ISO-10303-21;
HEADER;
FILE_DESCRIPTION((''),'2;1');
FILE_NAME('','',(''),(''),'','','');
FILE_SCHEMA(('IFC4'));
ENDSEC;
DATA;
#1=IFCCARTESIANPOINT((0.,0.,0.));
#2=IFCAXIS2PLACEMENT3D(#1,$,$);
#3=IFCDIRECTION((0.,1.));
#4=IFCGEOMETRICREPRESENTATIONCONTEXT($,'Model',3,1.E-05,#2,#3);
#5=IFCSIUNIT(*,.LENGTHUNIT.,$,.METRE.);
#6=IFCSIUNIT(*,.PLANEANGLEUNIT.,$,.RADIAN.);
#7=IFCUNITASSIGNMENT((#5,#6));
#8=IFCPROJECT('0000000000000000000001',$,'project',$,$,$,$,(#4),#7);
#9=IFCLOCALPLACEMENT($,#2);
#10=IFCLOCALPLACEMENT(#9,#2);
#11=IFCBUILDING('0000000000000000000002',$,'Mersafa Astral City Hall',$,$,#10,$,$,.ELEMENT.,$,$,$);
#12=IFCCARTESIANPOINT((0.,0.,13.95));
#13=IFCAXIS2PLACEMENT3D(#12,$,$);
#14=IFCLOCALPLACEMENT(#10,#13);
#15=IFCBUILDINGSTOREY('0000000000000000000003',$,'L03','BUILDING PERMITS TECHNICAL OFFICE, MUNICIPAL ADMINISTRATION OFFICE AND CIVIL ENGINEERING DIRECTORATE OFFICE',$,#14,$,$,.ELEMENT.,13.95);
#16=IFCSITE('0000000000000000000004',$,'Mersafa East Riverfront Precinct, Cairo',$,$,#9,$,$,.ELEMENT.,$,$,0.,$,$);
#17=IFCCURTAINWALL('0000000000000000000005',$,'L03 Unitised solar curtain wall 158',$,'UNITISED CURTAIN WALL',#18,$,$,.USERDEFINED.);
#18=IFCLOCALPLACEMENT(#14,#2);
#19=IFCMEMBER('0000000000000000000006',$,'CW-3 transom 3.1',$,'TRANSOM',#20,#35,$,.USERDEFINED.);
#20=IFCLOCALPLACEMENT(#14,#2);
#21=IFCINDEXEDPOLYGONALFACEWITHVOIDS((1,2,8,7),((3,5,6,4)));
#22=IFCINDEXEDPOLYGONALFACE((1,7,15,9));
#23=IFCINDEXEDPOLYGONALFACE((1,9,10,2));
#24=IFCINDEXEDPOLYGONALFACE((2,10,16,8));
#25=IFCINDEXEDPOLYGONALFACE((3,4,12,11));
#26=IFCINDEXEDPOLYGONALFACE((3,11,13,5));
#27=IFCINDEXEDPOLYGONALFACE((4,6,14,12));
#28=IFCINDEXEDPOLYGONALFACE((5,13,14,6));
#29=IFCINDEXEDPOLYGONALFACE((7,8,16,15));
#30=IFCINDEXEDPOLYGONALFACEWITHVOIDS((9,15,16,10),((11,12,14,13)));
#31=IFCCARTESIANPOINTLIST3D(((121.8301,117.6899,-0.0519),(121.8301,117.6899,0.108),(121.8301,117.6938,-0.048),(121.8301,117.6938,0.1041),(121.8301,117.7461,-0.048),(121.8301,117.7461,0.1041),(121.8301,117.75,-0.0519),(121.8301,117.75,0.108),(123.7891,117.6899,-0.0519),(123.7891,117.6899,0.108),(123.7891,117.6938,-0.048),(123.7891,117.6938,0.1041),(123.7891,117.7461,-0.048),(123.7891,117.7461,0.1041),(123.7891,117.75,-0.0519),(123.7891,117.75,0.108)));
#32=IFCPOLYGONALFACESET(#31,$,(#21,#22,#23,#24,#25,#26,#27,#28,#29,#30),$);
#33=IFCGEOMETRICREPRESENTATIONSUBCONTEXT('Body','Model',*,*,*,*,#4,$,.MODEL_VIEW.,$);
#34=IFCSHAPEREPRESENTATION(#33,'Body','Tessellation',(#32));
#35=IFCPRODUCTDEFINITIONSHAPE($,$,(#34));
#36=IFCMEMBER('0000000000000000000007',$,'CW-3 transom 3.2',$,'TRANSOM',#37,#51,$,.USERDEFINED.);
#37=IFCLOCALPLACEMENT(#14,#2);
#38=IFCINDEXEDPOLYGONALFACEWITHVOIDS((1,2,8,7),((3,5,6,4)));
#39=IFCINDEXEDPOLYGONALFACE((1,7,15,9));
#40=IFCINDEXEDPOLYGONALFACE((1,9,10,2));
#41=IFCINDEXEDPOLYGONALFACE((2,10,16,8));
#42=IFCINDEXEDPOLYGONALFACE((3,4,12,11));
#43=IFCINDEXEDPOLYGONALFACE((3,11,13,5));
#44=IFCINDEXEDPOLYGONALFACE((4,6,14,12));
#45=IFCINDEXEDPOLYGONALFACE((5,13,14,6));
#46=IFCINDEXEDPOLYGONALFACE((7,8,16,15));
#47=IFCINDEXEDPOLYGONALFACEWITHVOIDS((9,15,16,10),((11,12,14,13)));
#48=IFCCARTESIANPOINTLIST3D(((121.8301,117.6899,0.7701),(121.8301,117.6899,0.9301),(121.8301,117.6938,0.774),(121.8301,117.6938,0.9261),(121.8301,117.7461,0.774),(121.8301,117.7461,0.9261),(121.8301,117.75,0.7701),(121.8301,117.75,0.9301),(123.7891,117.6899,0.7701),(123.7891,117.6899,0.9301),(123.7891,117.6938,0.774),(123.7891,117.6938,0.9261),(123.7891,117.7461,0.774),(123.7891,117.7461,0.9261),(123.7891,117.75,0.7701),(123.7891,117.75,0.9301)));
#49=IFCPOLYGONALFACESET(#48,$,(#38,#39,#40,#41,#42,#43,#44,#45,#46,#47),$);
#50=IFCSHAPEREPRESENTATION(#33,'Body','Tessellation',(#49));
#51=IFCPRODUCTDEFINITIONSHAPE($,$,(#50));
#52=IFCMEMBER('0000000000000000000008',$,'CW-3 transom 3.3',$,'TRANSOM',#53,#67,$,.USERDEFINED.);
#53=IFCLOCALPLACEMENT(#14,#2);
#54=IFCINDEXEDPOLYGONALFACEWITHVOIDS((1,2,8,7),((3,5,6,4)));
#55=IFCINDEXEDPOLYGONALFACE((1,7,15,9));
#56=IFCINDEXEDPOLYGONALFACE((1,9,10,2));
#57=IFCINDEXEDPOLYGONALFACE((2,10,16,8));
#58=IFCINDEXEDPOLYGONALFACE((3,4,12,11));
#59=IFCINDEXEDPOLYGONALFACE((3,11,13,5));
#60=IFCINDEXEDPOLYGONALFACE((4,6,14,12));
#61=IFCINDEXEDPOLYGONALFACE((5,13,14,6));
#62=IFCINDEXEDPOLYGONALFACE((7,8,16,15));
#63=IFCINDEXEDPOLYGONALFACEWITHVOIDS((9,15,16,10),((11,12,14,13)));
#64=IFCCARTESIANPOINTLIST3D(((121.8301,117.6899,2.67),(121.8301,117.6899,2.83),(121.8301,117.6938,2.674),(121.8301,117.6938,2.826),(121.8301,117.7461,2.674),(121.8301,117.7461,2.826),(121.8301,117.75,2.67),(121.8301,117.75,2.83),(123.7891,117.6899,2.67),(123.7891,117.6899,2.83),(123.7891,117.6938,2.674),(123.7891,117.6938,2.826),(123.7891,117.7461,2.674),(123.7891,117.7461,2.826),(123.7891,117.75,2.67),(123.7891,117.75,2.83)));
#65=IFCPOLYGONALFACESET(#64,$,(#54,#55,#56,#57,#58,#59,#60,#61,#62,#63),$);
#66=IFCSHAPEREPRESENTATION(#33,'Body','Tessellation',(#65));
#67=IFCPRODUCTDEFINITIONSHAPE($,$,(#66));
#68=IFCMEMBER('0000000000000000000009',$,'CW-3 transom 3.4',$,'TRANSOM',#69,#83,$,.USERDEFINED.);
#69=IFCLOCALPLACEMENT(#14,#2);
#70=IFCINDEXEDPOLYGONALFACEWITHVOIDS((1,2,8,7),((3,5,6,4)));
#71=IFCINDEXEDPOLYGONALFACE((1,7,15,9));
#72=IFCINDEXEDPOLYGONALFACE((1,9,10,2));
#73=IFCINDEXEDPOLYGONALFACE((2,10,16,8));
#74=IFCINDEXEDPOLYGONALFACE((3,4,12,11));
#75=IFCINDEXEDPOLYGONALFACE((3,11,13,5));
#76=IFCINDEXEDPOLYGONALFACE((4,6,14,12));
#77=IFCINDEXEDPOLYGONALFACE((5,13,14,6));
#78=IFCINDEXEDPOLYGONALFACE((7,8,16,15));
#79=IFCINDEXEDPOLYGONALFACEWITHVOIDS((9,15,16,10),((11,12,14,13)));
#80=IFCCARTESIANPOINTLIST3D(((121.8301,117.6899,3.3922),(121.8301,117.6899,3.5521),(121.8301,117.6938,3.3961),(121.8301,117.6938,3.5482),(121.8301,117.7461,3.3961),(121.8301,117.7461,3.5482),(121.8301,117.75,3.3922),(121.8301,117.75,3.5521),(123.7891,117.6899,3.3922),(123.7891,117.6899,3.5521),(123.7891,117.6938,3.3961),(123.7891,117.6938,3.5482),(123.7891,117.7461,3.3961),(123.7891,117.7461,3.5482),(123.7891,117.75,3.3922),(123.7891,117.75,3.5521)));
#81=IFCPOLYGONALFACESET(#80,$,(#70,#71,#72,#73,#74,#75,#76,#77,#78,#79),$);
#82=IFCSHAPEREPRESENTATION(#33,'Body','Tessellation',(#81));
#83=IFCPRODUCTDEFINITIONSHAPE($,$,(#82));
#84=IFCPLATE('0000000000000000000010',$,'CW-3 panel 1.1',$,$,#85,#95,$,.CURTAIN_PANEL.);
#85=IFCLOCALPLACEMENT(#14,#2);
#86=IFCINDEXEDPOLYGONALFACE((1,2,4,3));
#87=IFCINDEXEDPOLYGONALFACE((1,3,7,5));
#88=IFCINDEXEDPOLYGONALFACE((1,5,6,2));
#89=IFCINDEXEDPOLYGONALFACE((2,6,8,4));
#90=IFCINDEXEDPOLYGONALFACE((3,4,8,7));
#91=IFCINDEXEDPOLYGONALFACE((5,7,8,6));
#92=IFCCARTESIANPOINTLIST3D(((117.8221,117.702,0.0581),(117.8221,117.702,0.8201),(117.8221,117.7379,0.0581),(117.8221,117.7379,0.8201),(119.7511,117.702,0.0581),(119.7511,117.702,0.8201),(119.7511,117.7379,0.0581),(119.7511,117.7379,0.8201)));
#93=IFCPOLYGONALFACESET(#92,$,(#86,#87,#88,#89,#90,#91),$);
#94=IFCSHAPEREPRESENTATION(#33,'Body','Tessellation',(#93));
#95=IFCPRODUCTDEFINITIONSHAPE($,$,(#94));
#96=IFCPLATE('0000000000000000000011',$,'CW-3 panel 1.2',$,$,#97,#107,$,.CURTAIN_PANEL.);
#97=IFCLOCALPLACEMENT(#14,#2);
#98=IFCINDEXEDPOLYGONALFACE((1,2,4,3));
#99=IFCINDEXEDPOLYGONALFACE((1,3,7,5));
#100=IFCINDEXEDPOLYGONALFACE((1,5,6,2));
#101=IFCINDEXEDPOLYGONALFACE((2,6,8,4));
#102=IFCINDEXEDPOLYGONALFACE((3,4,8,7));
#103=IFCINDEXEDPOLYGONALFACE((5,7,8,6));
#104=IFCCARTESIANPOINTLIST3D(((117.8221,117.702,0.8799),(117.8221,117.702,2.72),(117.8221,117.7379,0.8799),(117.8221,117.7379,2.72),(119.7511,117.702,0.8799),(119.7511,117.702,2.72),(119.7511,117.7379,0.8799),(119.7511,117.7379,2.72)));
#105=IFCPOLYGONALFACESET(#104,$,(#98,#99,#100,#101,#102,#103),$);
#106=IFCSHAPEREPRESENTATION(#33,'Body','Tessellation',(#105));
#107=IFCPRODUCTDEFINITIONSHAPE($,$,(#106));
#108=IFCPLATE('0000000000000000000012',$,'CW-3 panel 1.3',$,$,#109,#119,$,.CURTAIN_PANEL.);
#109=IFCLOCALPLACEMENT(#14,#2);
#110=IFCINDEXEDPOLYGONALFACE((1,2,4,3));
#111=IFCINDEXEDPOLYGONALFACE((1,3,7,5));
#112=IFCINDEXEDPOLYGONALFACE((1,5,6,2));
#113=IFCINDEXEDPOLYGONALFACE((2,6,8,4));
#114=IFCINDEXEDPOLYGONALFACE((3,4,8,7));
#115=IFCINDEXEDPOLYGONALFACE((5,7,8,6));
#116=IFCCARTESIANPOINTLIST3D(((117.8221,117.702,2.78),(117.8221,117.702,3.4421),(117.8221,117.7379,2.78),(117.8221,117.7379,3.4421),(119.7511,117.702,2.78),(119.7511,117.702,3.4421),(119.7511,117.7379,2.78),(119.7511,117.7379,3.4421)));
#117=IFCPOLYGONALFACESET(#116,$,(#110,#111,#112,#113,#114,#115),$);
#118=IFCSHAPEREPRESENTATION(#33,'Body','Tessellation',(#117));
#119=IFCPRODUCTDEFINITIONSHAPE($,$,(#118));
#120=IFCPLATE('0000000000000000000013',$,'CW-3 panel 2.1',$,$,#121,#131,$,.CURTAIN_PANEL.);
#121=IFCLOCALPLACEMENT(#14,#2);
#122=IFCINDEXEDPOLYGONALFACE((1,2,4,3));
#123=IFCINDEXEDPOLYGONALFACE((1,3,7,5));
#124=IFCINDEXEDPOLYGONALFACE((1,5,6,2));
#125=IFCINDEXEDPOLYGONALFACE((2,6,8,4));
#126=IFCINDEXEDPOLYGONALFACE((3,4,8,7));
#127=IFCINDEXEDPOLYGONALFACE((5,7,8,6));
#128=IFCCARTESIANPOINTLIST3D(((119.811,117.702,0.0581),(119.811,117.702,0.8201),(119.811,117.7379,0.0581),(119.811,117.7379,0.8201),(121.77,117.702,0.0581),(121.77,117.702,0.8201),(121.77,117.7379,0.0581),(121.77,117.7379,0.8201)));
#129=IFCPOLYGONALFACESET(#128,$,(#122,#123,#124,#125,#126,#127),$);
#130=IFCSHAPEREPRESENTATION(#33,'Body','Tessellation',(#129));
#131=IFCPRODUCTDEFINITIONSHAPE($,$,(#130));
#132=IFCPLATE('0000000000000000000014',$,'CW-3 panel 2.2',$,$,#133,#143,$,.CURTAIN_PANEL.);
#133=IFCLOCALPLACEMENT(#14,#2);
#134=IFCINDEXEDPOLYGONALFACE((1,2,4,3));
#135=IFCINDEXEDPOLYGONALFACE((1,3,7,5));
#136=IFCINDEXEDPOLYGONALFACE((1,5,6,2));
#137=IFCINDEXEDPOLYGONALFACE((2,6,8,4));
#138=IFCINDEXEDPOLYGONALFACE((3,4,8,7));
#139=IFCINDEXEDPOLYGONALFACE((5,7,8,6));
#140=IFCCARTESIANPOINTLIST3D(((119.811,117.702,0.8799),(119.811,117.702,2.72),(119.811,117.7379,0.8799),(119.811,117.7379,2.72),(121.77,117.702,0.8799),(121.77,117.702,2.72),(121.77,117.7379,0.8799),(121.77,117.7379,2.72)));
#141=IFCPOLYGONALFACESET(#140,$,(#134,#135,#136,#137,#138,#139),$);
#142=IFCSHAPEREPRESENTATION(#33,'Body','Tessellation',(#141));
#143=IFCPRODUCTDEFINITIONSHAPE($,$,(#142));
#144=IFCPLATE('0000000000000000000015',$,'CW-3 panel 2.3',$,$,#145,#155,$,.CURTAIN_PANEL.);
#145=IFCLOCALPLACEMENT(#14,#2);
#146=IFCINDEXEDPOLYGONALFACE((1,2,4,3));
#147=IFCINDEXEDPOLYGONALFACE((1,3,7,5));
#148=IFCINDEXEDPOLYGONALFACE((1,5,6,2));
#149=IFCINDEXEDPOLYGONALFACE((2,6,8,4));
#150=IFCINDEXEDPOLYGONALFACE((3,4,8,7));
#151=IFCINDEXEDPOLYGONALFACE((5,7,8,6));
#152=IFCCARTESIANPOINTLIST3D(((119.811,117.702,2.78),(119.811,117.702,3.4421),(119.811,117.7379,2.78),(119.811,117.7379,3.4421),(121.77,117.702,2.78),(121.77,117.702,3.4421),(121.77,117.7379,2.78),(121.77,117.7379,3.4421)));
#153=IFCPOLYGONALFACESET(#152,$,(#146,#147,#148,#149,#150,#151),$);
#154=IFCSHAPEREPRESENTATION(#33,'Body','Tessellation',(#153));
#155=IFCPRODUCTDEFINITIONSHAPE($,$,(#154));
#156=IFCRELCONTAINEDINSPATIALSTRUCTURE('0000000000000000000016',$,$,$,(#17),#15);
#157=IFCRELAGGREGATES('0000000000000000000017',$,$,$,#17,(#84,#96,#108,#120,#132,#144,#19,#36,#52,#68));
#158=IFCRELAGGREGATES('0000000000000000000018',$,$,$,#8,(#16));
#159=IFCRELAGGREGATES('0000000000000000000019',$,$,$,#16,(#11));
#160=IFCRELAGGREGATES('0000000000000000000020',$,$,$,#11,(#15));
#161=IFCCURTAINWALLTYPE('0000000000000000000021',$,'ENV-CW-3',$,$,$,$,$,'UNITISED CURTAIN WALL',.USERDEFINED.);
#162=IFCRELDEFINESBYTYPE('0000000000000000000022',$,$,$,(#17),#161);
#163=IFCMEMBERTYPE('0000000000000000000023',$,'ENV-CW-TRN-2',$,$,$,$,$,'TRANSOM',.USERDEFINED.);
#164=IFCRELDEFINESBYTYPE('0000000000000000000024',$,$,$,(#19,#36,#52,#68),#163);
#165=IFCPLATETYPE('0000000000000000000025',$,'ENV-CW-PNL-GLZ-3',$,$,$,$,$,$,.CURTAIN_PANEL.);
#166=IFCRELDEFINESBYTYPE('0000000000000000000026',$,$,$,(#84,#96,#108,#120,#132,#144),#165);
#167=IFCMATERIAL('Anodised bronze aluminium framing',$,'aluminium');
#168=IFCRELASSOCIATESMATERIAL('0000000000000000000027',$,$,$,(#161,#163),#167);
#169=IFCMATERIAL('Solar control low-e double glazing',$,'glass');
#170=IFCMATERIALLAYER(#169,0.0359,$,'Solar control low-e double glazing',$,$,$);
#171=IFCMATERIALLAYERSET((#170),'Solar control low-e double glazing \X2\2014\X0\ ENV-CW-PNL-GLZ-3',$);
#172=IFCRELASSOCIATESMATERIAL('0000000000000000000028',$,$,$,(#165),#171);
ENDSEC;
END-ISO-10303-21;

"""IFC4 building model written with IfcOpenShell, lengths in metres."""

from ifc_helpers import new_model, si_unit, direction, frame, origin, origin_2d, place, context, subcontext, project, spatial, rectangle, hollow_rectangle, extrude, material, layer, layer_set, material_profile, profile_set, type_object, element, aggregate, save


model = new_model("IFC4")

# Units and contexts
model_context = context("Model", 3, precision=1e-05, world=origin(), true_north=direction((0.0, 1.0)))
body_context = subcontext(model_context, "Body", "Model", "MODEL_VIEW")
ifc_project = project(units=[si_unit("LENGTHUNIT", "METRE"), si_unit("PLANEANGLEUNIT", "RADIAN")], contexts=[model_context])

# Site, building, storey
site_placement = place(None, origin())
site = spatial("IfcSite", under=ifc_project, at=site_placement, Name="Mersafa East Riverfront Precinct, Cairo", CompositionType="ELEMENT", RefElevation=0.0)
building_placement = place(site_placement, origin())
building = spatial("IfcBuilding", under=site, at=building_placement, Name="Mersafa Astral City Hall", CompositionType="ELEMENT")
storey_placement = place(building_placement, frame((0.0, 0.0, 13.95)))
storey = spatial("IfcBuildingStorey", under=building, at=storey_placement, Name="L03", Description="BUILDING PERMITS TECHNICAL OFFICE, MUNICIPAL ADMINISTRATION OFFICE AND CIVIL ENGINEERING DIRECTORATE OFFICE", CompositionType="ELEMENT", Elevation=13.95)

# Curtain wall, members, plates
ifc_material_1 = material(Name="Anodised bronze aluminium framing", Category="aluminium")
curtain_wall_type = type_object("IfcCurtainWallType", Name="ENV-CW-3", ElementType="UNITISED CURTAIN WALL", PredefinedType="USERDEFINED", material=ifc_material_1)
curtain_wall_placement = place(storey_placement, origin())
curtain_wall = element("IfcCurtainWall", 1, at=curtain_wall_placement, inside=storey, type_object=curtain_wall_type, Name="L03 Unitised solar curtain wall 158", ObjectType="UNITISED CURTAIN WALL", PredefinedType="USERDEFINED")
ifc_material_profile_1 = material_profile(ifc_material_1, hollow_rectangle(XDim=0.0601, YDim=0.1599, WallThickness=0.0039, at=origin_2d()), Name="RHS 60x160x4")
ifc_profile_set_1 = profile_set([ifc_material_profile_1], Name="Anodised bronze aluminium framing")
member_type_1 = type_object("IfcMemberType", Name="ENV-CW-TRN-2", ElementType="TRANSOM", PredefinedType="USERDEFINED", material=ifc_profile_set_1)
member_1_placement = place(storey_placement, frame((121.8301, 117.72, 0.0281), z_axis=(1.0, 0.0, 0.0), x_axis=(0.0, 1.0, 0.0)))
member_1 = element("IfcMember", 2, at=member_1_placement, type_object=member_type_1, Name="CW-3 transom 3.1", ObjectType="TRANSOM", PredefinedType="USERDEFINED", context=body_context, shape_type="SweptSolid", body=[
    extrude(hollow_rectangle(XDim=0.0601, YDim=0.1599, WallThickness=0.0039, at=origin_2d()), origin(), (0.0, 0.0, 1.0), 1.959),
])
member_2_placement = place(storey_placement, frame((121.8301, 117.72, 0.8501), z_axis=(1.0, 0.0, 0.0), x_axis=(0.0, 1.0, 0.0)))
member_2 = element("IfcMember", 3, at=member_2_placement, type_object=member_type_1, Name="CW-3 transom 3.2", ObjectType="TRANSOM", PredefinedType="USERDEFINED", context=body_context, shape_type="SweptSolid", body=[
    extrude(hollow_rectangle(XDim=0.0601, YDim=0.1599, WallThickness=0.0039, at=origin_2d()), origin(), (0.0, 0.0, 1.0), 1.959),
])
member_3_placement = place(storey_placement, frame((121.8301, 117.72, 2.75), z_axis=(1.0, 0.0, 0.0), x_axis=(0.0, 1.0, 0.0)))
member_3 = element("IfcMember", 4, at=member_3_placement, type_object=member_type_1, Name="CW-3 transom 3.3", ObjectType="TRANSOM", PredefinedType="USERDEFINED", context=body_context, shape_type="SweptSolid", body=[
    extrude(hollow_rectangle(XDim=0.0601, YDim=0.1599, WallThickness=0.0039, at=origin_2d()), origin(), (0.0, 0.0, 1.0), 1.959),
])
member_4_placement = place(storey_placement, frame((121.8301, 117.72, 3.4722), z_axis=(1.0, 0.0, 0.0), x_axis=(0.0, 1.0, 0.0)))
member_4 = element("IfcMember", 5, at=member_4_placement, type_object=member_type_1, Name="CW-3 transom 3.4", ObjectType="TRANSOM", PredefinedType="USERDEFINED", context=body_context, shape_type="SweptSolid", body=[
    extrude(hollow_rectangle(XDim=0.0601, YDim=0.1599, WallThickness=0.0039, at=origin_2d()), origin(), (0.0, 0.0, 1.0), 1.959),
])
ifc_material_2 = material(Name="Solar control low-e double glazing", Category="glass")
ifc_layer = layer(ifc_material_2, 0.0359, Name="Solar control low-e double glazing")
ifc_layer_set = layer_set([ifc_layer], Name="Solar control low-e double glazing — ENV-CW-PNL-GLZ-3")
plate_type = type_object("IfcPlateType", Name="ENV-CW-PNL-GLZ-3", PredefinedType="CURTAIN_PANEL", material=ifc_layer_set)
plate_1_placement = place(storey_placement, frame((118.7866, 117.72, 0.0581), z_axis=(0.0, 0.0, 1.0), x_axis=(1.0, 0.0, 0.0)))
plate_1 = element("IfcPlate", 6, at=plate_1_placement, type_object=plate_type, Name="CW-3 panel 1.1", PredefinedType="CURTAIN_PANEL", context=body_context, shape_type="SweptSolid", body=[
    extrude(rectangle(XDim=1.929, YDim=0.0359, at=origin_2d()), origin(), (0.0, 0.0, 1.0), 0.762),
])
plate_2_placement = place(storey_placement, frame((118.7866, 117.72, 0.8799), z_axis=(0.0, 0.0, 1.0), x_axis=(1.0, 0.0, 0.0)))
plate_2 = element("IfcPlate", 7, at=plate_2_placement, type_object=plate_type, Name="CW-3 panel 1.2", PredefinedType="CURTAIN_PANEL", context=body_context, shape_type="SweptSolid", body=[
    extrude(rectangle(XDim=1.929, YDim=0.0359, at=origin_2d()), origin(), (0.0, 0.0, 1.0), 1.8401),
])
plate_3_placement = place(storey_placement, frame((118.7866, 117.72, 2.78), z_axis=(0.0, 0.0, 1.0), x_axis=(1.0, 0.0, 0.0)))
plate_3 = element("IfcPlate", 8, at=plate_3_placement, type_object=plate_type, Name="CW-3 panel 1.3", PredefinedType="CURTAIN_PANEL", context=body_context, shape_type="SweptSolid", body=[
    extrude(rectangle(XDim=1.929, YDim=0.0359, at=origin_2d()), origin(), (0.0, 0.0, 1.0), 0.6621),
])
plate_4_placement = place(storey_placement, frame((120.7905, 117.72, 0.0581), z_axis=(0.0, 0.0, 1.0), x_axis=(1.0, 0.0, 0.0)))
plate_4 = element("IfcPlate", 9, at=plate_4_placement, type_object=plate_type, Name="CW-3 panel 2.1", PredefinedType="CURTAIN_PANEL", context=body_context, shape_type="SweptSolid", body=[
    extrude(rectangle(XDim=1.959, YDim=0.0359, at=origin_2d()), origin(), (0.0, 0.0, 1.0), 0.762),
])
plate_5_placement = place(storey_placement, frame((120.7905, 117.72, 0.8799), z_axis=(0.0, 0.0, 1.0), x_axis=(1.0, 0.0, 0.0)))
plate_5 = element("IfcPlate", 10, at=plate_5_placement, type_object=plate_type, Name="CW-3 panel 2.2", PredefinedType="CURTAIN_PANEL", context=body_context, shape_type="SweptSolid", body=[
    extrude(rectangle(XDim=1.959, YDim=0.0359, at=origin_2d()), origin(), (0.0, 0.0, 1.0), 1.8401),
])
plate_6_placement = place(storey_placement, frame((120.7905, 117.72, 2.78), z_axis=(0.0, 0.0, 1.0), x_axis=(1.0, 0.0, 0.0)))
plate_6 = element("IfcPlate", 11, at=plate_6_placement, type_object=plate_type, Name="CW-3 panel 2.3", PredefinedType="CURTAIN_PANEL", context=body_context, shape_type="SweptSolid", body=[
    extrude(rectangle(XDim=1.959, YDim=0.0359, at=origin_2d()), origin(), (0.0, 0.0, 1.0), 0.6621),
])
aggregate(curtain_wall, [plate_1, plate_2, plate_3, plate_4, plate_5, plate_6, member_1, member_2, member_3, member_4])

save(model, "model.ifc")
